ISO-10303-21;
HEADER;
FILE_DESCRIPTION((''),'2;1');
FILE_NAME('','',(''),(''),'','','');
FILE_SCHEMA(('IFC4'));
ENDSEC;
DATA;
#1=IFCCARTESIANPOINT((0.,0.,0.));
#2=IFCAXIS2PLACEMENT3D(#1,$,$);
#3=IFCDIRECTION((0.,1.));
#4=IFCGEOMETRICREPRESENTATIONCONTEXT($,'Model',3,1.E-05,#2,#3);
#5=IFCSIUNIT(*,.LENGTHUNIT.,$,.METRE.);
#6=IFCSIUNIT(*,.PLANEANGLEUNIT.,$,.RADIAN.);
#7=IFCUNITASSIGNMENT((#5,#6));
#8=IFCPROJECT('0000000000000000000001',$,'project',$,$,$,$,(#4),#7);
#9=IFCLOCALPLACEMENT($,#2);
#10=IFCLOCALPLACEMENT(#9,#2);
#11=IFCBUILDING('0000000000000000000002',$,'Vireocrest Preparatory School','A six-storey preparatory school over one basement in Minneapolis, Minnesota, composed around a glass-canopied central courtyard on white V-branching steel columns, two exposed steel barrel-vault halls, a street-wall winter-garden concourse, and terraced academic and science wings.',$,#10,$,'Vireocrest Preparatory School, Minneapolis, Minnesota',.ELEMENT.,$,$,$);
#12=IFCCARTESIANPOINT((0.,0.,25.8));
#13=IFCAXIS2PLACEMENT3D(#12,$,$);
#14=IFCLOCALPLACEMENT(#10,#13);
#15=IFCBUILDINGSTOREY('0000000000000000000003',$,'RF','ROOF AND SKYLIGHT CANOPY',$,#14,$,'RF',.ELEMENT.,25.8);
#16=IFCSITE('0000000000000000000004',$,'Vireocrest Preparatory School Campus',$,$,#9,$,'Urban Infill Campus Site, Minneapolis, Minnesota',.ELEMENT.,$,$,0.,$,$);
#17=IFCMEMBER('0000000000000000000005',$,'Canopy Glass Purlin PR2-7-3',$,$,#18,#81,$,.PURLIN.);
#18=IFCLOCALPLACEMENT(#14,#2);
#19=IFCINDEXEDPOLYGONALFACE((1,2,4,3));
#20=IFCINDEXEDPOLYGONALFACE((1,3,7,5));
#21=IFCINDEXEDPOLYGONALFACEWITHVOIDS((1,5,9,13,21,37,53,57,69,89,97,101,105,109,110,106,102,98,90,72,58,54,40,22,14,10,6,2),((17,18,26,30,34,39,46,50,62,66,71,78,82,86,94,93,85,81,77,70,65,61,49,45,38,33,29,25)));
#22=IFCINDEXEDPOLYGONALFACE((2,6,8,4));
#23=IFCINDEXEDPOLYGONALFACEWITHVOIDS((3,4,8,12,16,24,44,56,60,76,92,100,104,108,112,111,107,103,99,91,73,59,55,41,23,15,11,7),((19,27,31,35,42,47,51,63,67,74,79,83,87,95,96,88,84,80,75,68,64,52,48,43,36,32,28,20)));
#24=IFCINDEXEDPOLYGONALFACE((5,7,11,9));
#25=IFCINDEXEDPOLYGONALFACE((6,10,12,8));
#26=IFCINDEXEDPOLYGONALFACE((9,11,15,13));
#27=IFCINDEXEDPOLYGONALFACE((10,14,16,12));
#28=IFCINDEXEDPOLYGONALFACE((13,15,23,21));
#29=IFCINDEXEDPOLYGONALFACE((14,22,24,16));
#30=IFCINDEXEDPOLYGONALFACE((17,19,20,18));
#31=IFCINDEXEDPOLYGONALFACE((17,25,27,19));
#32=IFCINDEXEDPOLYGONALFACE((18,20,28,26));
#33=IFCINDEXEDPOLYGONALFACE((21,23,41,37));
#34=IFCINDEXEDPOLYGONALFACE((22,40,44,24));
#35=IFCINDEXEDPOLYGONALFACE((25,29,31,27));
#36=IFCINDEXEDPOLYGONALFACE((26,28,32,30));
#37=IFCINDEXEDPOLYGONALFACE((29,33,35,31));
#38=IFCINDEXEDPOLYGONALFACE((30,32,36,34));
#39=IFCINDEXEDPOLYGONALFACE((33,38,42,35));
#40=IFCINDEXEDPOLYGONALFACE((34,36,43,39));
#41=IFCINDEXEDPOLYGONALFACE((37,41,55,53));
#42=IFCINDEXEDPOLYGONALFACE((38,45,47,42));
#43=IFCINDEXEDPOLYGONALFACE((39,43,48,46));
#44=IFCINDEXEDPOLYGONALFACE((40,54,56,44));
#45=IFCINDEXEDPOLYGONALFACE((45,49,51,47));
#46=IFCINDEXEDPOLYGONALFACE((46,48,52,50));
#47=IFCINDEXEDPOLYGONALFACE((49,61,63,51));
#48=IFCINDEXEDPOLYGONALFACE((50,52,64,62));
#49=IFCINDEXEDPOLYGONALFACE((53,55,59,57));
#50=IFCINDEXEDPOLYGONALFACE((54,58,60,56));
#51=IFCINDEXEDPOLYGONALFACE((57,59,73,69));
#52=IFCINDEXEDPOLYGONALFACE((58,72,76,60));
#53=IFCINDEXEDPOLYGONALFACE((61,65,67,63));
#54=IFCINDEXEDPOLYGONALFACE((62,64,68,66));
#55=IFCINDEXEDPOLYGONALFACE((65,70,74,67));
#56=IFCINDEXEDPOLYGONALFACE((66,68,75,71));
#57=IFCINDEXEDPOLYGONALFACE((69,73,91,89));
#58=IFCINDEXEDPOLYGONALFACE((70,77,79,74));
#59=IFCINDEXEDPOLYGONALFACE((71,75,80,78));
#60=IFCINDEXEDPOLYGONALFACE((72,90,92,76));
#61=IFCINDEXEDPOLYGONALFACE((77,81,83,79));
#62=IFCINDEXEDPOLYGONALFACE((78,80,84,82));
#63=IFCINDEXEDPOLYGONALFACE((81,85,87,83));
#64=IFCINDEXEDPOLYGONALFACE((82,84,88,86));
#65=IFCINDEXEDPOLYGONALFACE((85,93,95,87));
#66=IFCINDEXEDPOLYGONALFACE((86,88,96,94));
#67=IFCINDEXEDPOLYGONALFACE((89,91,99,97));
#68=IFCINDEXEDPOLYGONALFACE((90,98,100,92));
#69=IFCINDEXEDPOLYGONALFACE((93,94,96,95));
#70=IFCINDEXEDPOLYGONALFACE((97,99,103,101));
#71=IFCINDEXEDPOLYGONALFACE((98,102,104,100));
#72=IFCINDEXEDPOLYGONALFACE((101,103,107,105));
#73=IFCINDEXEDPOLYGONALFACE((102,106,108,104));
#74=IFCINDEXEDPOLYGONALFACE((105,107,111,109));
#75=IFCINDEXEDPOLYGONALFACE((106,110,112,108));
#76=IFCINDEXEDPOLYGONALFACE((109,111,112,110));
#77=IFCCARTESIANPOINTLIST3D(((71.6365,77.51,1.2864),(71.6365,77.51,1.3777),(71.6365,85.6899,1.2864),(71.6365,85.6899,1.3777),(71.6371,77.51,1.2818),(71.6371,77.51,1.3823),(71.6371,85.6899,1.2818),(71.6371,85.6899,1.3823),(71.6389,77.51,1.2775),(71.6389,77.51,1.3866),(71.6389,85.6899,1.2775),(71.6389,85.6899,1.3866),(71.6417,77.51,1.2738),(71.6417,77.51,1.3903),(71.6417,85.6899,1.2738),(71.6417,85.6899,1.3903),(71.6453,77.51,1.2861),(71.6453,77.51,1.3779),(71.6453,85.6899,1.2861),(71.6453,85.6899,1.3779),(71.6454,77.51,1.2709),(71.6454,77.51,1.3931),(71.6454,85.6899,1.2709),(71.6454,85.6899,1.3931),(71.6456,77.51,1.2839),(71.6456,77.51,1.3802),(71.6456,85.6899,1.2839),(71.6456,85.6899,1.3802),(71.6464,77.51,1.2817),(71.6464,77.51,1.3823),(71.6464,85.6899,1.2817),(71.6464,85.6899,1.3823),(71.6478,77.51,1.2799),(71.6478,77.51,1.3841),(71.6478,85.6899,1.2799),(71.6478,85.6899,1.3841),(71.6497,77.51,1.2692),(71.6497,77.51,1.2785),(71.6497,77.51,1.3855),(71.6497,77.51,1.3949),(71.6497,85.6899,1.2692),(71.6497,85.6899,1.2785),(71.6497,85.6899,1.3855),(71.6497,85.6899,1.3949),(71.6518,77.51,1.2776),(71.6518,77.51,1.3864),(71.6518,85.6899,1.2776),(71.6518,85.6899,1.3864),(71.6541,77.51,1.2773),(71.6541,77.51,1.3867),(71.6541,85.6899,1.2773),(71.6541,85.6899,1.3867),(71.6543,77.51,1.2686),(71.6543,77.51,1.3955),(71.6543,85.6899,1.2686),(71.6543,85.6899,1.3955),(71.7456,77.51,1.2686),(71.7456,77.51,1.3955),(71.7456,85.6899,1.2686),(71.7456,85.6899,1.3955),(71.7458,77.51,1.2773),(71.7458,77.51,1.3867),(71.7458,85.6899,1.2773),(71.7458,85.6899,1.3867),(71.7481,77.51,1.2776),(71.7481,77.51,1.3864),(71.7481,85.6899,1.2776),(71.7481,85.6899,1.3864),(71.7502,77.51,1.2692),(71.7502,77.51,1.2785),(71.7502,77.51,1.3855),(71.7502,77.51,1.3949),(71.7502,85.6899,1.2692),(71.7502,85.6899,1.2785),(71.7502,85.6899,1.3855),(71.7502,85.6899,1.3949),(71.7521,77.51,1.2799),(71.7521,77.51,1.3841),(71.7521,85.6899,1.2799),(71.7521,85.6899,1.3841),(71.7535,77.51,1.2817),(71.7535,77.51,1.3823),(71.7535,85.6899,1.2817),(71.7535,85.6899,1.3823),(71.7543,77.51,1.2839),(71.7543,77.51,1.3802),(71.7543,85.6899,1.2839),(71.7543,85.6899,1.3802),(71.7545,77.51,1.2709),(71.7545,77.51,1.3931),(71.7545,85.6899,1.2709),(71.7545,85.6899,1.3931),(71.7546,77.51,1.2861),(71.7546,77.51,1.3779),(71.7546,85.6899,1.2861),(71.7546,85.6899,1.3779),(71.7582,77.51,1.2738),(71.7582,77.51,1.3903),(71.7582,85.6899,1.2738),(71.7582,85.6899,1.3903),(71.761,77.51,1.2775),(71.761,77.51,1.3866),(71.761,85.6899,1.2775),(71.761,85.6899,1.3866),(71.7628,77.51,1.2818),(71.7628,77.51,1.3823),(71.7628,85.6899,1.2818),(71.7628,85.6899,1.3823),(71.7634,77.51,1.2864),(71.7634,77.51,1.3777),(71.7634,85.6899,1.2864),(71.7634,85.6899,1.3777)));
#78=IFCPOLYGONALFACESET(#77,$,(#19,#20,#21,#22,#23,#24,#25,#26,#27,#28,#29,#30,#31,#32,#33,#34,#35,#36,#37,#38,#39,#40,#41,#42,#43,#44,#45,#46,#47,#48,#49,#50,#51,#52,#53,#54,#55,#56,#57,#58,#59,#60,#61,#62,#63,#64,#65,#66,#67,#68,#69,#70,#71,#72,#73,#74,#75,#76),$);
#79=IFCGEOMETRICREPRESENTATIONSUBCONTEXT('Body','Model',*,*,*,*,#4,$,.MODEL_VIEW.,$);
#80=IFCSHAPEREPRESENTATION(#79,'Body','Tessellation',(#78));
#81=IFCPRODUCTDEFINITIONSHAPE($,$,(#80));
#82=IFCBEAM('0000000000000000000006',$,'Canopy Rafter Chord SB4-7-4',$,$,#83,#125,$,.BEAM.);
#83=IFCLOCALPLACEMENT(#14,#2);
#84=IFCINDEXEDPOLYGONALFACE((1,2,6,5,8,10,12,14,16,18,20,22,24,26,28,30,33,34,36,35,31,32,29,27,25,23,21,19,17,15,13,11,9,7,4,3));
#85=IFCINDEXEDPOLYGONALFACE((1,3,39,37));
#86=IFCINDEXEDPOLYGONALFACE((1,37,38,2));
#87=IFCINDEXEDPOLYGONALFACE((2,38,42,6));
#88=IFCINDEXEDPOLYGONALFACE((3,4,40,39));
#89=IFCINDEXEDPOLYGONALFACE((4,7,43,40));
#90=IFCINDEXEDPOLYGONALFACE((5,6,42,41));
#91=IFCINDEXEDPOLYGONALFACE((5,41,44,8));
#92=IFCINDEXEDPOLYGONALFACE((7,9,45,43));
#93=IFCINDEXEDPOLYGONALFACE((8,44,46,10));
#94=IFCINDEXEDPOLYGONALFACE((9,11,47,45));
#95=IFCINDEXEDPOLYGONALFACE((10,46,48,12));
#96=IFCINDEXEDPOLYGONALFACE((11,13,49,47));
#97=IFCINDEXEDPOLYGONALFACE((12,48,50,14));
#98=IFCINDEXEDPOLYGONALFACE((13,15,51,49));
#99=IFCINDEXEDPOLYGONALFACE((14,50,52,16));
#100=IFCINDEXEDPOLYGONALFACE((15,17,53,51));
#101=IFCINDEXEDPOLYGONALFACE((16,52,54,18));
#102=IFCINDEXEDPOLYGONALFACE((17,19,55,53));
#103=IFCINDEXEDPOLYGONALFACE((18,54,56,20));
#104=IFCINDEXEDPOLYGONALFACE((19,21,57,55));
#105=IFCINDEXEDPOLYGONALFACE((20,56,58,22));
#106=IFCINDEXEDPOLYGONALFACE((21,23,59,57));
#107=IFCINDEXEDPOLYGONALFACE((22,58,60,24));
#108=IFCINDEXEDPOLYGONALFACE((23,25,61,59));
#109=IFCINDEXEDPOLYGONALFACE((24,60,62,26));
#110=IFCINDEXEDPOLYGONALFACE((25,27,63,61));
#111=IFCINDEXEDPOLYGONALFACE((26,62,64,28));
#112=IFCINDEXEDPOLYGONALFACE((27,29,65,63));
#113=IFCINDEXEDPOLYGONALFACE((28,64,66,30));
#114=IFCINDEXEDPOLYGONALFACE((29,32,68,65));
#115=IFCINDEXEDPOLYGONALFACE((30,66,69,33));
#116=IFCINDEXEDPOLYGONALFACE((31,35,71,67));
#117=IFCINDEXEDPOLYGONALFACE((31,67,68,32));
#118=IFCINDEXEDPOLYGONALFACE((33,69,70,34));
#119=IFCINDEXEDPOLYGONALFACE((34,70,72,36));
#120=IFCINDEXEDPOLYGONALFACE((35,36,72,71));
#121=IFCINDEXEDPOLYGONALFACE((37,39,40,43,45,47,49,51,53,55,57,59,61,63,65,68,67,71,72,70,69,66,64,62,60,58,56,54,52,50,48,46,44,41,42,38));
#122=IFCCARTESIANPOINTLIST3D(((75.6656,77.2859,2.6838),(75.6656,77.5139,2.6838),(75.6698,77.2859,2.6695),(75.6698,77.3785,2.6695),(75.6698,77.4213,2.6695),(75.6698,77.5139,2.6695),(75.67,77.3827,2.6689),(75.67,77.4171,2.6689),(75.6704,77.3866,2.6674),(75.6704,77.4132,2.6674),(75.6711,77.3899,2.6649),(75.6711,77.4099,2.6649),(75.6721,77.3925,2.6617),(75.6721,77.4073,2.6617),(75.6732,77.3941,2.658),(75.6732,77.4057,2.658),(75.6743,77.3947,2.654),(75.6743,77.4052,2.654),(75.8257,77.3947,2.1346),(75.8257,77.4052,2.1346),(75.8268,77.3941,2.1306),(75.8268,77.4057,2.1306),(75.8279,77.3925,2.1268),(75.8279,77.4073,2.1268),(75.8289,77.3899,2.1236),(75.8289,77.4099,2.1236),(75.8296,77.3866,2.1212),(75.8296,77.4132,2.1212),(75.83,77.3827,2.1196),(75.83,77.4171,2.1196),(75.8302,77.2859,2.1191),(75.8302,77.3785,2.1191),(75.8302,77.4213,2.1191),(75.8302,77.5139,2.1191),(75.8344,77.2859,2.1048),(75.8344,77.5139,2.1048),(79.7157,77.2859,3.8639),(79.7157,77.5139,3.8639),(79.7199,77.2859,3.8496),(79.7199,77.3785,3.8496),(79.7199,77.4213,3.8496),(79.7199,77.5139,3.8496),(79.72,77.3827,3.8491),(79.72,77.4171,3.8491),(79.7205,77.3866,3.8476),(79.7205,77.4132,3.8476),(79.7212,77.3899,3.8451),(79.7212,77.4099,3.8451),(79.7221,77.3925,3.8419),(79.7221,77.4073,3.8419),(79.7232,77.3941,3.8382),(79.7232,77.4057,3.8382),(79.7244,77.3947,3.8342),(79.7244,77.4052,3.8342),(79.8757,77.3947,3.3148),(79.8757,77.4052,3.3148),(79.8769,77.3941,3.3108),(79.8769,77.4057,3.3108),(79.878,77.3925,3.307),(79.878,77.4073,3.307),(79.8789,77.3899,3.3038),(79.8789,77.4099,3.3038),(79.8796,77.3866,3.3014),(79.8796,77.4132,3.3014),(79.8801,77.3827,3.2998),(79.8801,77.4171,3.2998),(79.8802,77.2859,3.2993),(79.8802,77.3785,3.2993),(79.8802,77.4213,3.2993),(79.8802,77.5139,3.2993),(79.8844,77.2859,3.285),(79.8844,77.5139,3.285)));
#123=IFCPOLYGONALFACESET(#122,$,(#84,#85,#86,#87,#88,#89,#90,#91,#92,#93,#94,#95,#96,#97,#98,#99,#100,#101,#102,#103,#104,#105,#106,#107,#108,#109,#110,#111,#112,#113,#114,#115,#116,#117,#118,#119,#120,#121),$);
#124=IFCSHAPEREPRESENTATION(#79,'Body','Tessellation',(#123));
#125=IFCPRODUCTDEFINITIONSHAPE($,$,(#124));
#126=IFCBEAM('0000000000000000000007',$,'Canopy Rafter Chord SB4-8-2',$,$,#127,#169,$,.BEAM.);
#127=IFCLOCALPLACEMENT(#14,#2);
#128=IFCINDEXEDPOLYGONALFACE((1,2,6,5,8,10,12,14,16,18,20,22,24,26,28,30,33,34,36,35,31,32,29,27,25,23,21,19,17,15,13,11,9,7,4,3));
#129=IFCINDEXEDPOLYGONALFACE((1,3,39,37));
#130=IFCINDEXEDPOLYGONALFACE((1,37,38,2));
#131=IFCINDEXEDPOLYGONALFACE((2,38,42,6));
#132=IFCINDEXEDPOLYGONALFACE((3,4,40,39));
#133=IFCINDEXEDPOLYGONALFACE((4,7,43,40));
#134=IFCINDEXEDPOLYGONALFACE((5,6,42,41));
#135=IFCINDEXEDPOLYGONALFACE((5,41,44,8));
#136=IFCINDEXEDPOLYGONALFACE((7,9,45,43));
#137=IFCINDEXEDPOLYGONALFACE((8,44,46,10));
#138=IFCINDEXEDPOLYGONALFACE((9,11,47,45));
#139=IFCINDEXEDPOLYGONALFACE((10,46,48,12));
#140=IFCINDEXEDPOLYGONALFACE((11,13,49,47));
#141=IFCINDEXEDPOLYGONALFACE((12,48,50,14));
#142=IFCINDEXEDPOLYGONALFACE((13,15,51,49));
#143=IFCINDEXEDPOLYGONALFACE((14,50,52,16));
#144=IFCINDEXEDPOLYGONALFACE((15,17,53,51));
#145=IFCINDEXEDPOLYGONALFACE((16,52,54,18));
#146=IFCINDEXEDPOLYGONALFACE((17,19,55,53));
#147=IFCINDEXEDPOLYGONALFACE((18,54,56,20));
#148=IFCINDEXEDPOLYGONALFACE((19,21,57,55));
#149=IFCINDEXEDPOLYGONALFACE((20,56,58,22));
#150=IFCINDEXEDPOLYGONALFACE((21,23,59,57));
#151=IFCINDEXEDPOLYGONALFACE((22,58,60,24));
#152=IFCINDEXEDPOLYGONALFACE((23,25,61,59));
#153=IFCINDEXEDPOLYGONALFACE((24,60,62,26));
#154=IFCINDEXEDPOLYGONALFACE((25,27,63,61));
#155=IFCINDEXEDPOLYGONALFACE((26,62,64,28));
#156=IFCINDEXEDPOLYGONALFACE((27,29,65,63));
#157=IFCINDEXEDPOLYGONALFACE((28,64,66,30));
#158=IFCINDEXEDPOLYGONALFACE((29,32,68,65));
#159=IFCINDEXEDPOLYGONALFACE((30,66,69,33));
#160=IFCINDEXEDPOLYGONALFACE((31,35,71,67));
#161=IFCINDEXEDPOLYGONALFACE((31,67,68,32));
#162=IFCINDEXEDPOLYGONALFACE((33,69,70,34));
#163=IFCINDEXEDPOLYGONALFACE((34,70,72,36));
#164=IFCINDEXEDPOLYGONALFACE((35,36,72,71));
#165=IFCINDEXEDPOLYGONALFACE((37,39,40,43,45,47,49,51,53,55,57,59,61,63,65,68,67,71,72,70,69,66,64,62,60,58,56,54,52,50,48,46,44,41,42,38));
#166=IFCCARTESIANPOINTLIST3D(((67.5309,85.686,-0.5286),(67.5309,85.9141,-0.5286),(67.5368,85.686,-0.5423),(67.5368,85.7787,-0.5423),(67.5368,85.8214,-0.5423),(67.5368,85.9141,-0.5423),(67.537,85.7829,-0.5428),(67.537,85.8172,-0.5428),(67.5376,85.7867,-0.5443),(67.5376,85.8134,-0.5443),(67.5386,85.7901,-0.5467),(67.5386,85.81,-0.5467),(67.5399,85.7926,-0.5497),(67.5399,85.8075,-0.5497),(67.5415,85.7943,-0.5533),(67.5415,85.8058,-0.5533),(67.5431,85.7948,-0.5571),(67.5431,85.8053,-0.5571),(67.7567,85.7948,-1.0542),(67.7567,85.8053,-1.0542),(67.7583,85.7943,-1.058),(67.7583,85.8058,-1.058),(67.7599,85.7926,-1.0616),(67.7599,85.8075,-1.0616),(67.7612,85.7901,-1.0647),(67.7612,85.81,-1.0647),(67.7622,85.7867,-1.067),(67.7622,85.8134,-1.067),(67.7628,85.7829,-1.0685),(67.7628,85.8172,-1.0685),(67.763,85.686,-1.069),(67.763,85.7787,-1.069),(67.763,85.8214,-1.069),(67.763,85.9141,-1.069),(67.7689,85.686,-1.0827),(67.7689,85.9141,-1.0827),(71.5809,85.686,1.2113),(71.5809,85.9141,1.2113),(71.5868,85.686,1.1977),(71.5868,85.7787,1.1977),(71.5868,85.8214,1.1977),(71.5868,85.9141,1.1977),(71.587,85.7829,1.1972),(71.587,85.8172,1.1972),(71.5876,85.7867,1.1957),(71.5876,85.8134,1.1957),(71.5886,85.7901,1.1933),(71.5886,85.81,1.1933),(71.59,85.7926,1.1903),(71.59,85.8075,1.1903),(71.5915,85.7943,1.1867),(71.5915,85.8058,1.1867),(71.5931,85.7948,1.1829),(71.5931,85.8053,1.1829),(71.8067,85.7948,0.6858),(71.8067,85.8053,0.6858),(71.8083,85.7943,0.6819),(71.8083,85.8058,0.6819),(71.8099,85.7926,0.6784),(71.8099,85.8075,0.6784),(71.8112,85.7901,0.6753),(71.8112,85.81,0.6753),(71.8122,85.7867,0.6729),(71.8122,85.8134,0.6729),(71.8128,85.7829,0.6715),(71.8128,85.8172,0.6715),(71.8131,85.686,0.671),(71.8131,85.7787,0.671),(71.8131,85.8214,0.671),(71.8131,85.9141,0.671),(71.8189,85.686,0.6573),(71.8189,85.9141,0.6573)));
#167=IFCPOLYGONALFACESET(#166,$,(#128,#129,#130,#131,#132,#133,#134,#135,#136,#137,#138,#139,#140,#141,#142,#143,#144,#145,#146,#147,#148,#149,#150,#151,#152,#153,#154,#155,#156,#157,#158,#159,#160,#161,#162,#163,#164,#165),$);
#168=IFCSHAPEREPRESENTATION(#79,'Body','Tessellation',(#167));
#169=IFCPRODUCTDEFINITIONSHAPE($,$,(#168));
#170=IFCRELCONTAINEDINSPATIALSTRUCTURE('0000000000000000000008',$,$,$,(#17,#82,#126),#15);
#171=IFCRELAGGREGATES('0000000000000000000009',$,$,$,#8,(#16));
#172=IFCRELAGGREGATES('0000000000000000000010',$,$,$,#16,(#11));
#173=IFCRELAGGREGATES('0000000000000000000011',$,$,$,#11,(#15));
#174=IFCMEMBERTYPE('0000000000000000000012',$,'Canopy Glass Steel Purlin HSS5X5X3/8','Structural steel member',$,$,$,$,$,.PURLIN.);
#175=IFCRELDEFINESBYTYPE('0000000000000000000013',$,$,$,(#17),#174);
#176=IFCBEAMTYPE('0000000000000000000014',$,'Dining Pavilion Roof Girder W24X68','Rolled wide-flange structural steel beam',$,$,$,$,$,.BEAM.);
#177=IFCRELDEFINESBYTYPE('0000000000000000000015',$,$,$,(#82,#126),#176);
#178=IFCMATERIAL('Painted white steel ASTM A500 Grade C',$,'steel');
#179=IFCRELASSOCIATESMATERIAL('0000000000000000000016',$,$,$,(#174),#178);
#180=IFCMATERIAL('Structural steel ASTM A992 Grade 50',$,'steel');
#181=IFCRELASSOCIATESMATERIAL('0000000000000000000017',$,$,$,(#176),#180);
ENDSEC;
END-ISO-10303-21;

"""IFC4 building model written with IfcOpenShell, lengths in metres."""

from ifc_helpers import new_model, si_unit, direction, frame, origin, origin_2d, place, context, subcontext, project, spatial, hollow_rectangle, i_section, extrude, material, material_profile, profile_set, type_object, element, save


model = new_model("IFC4")

# Units and contexts
model_context = context("Model", 3, precision=1e-05, world=origin(), true_north=direction((0.0, 1.0)))
body_context = subcontext(model_context, "Body", "Model", "MODEL_VIEW")
ifc_project = project(units=[si_unit("LENGTHUNIT", "METRE"), si_unit("PLANEANGLEUNIT", "RADIAN")], contexts=[model_context])

# Site, building, storey
site_placement = place(None, origin())
site = spatial("IfcSite", under=ifc_project, at=site_placement, Name="Vireocrest Preparatory School Campus", LongName="Urban Infill Campus Site, Minneapolis, Minnesota", CompositionType="ELEMENT", RefElevation=0.0)
building_placement = place(site_placement, origin())
building = spatial("IfcBuilding", under=site, at=building_placement, Name="Vireocrest Preparatory School", Description="A six-storey preparatory school over one basement in Minneapolis, Minnesota, composed around a glass-canopied central courtyard on white V-branching steel columns, two exposed steel barrel-vault halls, a street-wall winter-garden concourse, and terraced academic and science wings.", LongName="Vireocrest Preparatory School, Minneapolis, Minnesota", CompositionType="ELEMENT")
storey_placement = place(building_placement, frame((0.0, 0.0, 25.8)))
storey = spatial("IfcBuildingStorey", under=building, at=storey_placement, Name="RF", Description="ROOF AND SKYLIGHT CANOPY", LongName="RF", CompositionType="ELEMENT", Elevation=25.8)

# Member
ifc_material_1 = material(Name="Painted white steel ASTM A500 Grade C", Category="steel")
ifc_material_profile_1 = material_profile(ifc_material_1, hollow_rectangle(XDim=0.127, YDim=0.127, WallThickness=0.0088, InnerFilletRadius=0.0088, OuterFilletRadius=0.0178, at=origin_2d()), Name="HSS5X5X3/8")
ifc_profile_set_1 = profile_set([ifc_material_profile_1], Name="Painted white steel ASTM A500 Grade C")
member_type_1 = type_object("IfcMemberType", Name="Canopy Glass Steel Purlin HSS5X5X3/8", Description="Structural steel member", PredefinedType="PURLIN", material=ifc_profile_set_1)
member_1_placement = place(storey_placement, frame((71.7, 77.51, 1.332), z_axis=(0.0, 1.0, 0.0), x_axis=(-1.0, 0.0, 0.0)))
element("IfcMember", 1, at=member_1_placement, inside=storey, type_object=member_type_1, Name="Canopy Glass Purlin PR2-7-3", PredefinedType="PURLIN", context=body_context, shape_type="SweptSolid", body=[
    extrude(hollow_rectangle(XDim=0.127, YDim=0.127, WallThickness=0.0088, InnerFilletRadius=0.0088, OuterFilletRadius=0.0178, at=origin_2d()), origin(), (0.0, 0.0, 1.0), 8.1799),
])

# Beams
ifc_material_2 = material(Name="Structural steel ASTM A992 Grade 50", Category="steel")
ifc_material_profile_2 = material_profile(ifc_material_2, i_section(OverallWidth=0.228, OverallDepth=0.603, WebThickness=0.0105, FlangeThickness=0.0149, FilletRadius=0.0161, at=origin_2d()), Name="W24X68")
ifc_profile_set_2 = profile_set([ifc_material_profile_2], Name="Structural steel ASTM A992 Grade 50")
beam_type_1 = type_object("IfcBeamType", Name="Dining Pavilion Roof Girder W24X68", Description="Rolled wide-flange structural steel beam", PredefinedType="BEAM", material=ifc_profile_set_2)
beam_1_placement = place(storey_placement, frame((75.75, 77.3999, 2.3943), z_axis=(0.960069, 0.0, 0.279762), x_axis=(0.0, 1.0, 0.0)))
element("IfcBeam", 2, at=beam_1_placement, inside=storey, type_object=beam_type_1, Name="Canopy Rafter Chord SB4-7-4", PredefinedType="BEAM", context=body_context, shape_type="SweptSolid", body=[
    extrude(i_section(OverallWidth=0.228, OverallDepth=0.603, WebThickness=0.0105, FlangeThickness=0.0149, FilletRadius=0.0161, at=origin_2d()), origin(), (0.0, 0.0, 1.0), 4.2185),
])
beam_2_placement = place(storey_placement, frame((67.6499, 85.8, -0.8057), z_axis=(0.918795, 0.0, 0.394735), x_axis=(0.0, 1.0, 0.0)))
element("IfcBeam", 3, at=beam_2_placement, inside=storey, type_object=beam_type_1, Name="Canopy Rafter Chord SB4-8-2", PredefinedType="BEAM", context=body_context, shape_type="SweptSolid", body=[
    extrude(i_section(OverallWidth=0.228, OverallDepth=0.603, WebThickness=0.0105, FlangeThickness=0.0149, FilletRadius=0.0161, at=origin_2d()), origin(), (0.0, 0.0, 1.0), 4.408),
])

save(model, "model.ifc")
